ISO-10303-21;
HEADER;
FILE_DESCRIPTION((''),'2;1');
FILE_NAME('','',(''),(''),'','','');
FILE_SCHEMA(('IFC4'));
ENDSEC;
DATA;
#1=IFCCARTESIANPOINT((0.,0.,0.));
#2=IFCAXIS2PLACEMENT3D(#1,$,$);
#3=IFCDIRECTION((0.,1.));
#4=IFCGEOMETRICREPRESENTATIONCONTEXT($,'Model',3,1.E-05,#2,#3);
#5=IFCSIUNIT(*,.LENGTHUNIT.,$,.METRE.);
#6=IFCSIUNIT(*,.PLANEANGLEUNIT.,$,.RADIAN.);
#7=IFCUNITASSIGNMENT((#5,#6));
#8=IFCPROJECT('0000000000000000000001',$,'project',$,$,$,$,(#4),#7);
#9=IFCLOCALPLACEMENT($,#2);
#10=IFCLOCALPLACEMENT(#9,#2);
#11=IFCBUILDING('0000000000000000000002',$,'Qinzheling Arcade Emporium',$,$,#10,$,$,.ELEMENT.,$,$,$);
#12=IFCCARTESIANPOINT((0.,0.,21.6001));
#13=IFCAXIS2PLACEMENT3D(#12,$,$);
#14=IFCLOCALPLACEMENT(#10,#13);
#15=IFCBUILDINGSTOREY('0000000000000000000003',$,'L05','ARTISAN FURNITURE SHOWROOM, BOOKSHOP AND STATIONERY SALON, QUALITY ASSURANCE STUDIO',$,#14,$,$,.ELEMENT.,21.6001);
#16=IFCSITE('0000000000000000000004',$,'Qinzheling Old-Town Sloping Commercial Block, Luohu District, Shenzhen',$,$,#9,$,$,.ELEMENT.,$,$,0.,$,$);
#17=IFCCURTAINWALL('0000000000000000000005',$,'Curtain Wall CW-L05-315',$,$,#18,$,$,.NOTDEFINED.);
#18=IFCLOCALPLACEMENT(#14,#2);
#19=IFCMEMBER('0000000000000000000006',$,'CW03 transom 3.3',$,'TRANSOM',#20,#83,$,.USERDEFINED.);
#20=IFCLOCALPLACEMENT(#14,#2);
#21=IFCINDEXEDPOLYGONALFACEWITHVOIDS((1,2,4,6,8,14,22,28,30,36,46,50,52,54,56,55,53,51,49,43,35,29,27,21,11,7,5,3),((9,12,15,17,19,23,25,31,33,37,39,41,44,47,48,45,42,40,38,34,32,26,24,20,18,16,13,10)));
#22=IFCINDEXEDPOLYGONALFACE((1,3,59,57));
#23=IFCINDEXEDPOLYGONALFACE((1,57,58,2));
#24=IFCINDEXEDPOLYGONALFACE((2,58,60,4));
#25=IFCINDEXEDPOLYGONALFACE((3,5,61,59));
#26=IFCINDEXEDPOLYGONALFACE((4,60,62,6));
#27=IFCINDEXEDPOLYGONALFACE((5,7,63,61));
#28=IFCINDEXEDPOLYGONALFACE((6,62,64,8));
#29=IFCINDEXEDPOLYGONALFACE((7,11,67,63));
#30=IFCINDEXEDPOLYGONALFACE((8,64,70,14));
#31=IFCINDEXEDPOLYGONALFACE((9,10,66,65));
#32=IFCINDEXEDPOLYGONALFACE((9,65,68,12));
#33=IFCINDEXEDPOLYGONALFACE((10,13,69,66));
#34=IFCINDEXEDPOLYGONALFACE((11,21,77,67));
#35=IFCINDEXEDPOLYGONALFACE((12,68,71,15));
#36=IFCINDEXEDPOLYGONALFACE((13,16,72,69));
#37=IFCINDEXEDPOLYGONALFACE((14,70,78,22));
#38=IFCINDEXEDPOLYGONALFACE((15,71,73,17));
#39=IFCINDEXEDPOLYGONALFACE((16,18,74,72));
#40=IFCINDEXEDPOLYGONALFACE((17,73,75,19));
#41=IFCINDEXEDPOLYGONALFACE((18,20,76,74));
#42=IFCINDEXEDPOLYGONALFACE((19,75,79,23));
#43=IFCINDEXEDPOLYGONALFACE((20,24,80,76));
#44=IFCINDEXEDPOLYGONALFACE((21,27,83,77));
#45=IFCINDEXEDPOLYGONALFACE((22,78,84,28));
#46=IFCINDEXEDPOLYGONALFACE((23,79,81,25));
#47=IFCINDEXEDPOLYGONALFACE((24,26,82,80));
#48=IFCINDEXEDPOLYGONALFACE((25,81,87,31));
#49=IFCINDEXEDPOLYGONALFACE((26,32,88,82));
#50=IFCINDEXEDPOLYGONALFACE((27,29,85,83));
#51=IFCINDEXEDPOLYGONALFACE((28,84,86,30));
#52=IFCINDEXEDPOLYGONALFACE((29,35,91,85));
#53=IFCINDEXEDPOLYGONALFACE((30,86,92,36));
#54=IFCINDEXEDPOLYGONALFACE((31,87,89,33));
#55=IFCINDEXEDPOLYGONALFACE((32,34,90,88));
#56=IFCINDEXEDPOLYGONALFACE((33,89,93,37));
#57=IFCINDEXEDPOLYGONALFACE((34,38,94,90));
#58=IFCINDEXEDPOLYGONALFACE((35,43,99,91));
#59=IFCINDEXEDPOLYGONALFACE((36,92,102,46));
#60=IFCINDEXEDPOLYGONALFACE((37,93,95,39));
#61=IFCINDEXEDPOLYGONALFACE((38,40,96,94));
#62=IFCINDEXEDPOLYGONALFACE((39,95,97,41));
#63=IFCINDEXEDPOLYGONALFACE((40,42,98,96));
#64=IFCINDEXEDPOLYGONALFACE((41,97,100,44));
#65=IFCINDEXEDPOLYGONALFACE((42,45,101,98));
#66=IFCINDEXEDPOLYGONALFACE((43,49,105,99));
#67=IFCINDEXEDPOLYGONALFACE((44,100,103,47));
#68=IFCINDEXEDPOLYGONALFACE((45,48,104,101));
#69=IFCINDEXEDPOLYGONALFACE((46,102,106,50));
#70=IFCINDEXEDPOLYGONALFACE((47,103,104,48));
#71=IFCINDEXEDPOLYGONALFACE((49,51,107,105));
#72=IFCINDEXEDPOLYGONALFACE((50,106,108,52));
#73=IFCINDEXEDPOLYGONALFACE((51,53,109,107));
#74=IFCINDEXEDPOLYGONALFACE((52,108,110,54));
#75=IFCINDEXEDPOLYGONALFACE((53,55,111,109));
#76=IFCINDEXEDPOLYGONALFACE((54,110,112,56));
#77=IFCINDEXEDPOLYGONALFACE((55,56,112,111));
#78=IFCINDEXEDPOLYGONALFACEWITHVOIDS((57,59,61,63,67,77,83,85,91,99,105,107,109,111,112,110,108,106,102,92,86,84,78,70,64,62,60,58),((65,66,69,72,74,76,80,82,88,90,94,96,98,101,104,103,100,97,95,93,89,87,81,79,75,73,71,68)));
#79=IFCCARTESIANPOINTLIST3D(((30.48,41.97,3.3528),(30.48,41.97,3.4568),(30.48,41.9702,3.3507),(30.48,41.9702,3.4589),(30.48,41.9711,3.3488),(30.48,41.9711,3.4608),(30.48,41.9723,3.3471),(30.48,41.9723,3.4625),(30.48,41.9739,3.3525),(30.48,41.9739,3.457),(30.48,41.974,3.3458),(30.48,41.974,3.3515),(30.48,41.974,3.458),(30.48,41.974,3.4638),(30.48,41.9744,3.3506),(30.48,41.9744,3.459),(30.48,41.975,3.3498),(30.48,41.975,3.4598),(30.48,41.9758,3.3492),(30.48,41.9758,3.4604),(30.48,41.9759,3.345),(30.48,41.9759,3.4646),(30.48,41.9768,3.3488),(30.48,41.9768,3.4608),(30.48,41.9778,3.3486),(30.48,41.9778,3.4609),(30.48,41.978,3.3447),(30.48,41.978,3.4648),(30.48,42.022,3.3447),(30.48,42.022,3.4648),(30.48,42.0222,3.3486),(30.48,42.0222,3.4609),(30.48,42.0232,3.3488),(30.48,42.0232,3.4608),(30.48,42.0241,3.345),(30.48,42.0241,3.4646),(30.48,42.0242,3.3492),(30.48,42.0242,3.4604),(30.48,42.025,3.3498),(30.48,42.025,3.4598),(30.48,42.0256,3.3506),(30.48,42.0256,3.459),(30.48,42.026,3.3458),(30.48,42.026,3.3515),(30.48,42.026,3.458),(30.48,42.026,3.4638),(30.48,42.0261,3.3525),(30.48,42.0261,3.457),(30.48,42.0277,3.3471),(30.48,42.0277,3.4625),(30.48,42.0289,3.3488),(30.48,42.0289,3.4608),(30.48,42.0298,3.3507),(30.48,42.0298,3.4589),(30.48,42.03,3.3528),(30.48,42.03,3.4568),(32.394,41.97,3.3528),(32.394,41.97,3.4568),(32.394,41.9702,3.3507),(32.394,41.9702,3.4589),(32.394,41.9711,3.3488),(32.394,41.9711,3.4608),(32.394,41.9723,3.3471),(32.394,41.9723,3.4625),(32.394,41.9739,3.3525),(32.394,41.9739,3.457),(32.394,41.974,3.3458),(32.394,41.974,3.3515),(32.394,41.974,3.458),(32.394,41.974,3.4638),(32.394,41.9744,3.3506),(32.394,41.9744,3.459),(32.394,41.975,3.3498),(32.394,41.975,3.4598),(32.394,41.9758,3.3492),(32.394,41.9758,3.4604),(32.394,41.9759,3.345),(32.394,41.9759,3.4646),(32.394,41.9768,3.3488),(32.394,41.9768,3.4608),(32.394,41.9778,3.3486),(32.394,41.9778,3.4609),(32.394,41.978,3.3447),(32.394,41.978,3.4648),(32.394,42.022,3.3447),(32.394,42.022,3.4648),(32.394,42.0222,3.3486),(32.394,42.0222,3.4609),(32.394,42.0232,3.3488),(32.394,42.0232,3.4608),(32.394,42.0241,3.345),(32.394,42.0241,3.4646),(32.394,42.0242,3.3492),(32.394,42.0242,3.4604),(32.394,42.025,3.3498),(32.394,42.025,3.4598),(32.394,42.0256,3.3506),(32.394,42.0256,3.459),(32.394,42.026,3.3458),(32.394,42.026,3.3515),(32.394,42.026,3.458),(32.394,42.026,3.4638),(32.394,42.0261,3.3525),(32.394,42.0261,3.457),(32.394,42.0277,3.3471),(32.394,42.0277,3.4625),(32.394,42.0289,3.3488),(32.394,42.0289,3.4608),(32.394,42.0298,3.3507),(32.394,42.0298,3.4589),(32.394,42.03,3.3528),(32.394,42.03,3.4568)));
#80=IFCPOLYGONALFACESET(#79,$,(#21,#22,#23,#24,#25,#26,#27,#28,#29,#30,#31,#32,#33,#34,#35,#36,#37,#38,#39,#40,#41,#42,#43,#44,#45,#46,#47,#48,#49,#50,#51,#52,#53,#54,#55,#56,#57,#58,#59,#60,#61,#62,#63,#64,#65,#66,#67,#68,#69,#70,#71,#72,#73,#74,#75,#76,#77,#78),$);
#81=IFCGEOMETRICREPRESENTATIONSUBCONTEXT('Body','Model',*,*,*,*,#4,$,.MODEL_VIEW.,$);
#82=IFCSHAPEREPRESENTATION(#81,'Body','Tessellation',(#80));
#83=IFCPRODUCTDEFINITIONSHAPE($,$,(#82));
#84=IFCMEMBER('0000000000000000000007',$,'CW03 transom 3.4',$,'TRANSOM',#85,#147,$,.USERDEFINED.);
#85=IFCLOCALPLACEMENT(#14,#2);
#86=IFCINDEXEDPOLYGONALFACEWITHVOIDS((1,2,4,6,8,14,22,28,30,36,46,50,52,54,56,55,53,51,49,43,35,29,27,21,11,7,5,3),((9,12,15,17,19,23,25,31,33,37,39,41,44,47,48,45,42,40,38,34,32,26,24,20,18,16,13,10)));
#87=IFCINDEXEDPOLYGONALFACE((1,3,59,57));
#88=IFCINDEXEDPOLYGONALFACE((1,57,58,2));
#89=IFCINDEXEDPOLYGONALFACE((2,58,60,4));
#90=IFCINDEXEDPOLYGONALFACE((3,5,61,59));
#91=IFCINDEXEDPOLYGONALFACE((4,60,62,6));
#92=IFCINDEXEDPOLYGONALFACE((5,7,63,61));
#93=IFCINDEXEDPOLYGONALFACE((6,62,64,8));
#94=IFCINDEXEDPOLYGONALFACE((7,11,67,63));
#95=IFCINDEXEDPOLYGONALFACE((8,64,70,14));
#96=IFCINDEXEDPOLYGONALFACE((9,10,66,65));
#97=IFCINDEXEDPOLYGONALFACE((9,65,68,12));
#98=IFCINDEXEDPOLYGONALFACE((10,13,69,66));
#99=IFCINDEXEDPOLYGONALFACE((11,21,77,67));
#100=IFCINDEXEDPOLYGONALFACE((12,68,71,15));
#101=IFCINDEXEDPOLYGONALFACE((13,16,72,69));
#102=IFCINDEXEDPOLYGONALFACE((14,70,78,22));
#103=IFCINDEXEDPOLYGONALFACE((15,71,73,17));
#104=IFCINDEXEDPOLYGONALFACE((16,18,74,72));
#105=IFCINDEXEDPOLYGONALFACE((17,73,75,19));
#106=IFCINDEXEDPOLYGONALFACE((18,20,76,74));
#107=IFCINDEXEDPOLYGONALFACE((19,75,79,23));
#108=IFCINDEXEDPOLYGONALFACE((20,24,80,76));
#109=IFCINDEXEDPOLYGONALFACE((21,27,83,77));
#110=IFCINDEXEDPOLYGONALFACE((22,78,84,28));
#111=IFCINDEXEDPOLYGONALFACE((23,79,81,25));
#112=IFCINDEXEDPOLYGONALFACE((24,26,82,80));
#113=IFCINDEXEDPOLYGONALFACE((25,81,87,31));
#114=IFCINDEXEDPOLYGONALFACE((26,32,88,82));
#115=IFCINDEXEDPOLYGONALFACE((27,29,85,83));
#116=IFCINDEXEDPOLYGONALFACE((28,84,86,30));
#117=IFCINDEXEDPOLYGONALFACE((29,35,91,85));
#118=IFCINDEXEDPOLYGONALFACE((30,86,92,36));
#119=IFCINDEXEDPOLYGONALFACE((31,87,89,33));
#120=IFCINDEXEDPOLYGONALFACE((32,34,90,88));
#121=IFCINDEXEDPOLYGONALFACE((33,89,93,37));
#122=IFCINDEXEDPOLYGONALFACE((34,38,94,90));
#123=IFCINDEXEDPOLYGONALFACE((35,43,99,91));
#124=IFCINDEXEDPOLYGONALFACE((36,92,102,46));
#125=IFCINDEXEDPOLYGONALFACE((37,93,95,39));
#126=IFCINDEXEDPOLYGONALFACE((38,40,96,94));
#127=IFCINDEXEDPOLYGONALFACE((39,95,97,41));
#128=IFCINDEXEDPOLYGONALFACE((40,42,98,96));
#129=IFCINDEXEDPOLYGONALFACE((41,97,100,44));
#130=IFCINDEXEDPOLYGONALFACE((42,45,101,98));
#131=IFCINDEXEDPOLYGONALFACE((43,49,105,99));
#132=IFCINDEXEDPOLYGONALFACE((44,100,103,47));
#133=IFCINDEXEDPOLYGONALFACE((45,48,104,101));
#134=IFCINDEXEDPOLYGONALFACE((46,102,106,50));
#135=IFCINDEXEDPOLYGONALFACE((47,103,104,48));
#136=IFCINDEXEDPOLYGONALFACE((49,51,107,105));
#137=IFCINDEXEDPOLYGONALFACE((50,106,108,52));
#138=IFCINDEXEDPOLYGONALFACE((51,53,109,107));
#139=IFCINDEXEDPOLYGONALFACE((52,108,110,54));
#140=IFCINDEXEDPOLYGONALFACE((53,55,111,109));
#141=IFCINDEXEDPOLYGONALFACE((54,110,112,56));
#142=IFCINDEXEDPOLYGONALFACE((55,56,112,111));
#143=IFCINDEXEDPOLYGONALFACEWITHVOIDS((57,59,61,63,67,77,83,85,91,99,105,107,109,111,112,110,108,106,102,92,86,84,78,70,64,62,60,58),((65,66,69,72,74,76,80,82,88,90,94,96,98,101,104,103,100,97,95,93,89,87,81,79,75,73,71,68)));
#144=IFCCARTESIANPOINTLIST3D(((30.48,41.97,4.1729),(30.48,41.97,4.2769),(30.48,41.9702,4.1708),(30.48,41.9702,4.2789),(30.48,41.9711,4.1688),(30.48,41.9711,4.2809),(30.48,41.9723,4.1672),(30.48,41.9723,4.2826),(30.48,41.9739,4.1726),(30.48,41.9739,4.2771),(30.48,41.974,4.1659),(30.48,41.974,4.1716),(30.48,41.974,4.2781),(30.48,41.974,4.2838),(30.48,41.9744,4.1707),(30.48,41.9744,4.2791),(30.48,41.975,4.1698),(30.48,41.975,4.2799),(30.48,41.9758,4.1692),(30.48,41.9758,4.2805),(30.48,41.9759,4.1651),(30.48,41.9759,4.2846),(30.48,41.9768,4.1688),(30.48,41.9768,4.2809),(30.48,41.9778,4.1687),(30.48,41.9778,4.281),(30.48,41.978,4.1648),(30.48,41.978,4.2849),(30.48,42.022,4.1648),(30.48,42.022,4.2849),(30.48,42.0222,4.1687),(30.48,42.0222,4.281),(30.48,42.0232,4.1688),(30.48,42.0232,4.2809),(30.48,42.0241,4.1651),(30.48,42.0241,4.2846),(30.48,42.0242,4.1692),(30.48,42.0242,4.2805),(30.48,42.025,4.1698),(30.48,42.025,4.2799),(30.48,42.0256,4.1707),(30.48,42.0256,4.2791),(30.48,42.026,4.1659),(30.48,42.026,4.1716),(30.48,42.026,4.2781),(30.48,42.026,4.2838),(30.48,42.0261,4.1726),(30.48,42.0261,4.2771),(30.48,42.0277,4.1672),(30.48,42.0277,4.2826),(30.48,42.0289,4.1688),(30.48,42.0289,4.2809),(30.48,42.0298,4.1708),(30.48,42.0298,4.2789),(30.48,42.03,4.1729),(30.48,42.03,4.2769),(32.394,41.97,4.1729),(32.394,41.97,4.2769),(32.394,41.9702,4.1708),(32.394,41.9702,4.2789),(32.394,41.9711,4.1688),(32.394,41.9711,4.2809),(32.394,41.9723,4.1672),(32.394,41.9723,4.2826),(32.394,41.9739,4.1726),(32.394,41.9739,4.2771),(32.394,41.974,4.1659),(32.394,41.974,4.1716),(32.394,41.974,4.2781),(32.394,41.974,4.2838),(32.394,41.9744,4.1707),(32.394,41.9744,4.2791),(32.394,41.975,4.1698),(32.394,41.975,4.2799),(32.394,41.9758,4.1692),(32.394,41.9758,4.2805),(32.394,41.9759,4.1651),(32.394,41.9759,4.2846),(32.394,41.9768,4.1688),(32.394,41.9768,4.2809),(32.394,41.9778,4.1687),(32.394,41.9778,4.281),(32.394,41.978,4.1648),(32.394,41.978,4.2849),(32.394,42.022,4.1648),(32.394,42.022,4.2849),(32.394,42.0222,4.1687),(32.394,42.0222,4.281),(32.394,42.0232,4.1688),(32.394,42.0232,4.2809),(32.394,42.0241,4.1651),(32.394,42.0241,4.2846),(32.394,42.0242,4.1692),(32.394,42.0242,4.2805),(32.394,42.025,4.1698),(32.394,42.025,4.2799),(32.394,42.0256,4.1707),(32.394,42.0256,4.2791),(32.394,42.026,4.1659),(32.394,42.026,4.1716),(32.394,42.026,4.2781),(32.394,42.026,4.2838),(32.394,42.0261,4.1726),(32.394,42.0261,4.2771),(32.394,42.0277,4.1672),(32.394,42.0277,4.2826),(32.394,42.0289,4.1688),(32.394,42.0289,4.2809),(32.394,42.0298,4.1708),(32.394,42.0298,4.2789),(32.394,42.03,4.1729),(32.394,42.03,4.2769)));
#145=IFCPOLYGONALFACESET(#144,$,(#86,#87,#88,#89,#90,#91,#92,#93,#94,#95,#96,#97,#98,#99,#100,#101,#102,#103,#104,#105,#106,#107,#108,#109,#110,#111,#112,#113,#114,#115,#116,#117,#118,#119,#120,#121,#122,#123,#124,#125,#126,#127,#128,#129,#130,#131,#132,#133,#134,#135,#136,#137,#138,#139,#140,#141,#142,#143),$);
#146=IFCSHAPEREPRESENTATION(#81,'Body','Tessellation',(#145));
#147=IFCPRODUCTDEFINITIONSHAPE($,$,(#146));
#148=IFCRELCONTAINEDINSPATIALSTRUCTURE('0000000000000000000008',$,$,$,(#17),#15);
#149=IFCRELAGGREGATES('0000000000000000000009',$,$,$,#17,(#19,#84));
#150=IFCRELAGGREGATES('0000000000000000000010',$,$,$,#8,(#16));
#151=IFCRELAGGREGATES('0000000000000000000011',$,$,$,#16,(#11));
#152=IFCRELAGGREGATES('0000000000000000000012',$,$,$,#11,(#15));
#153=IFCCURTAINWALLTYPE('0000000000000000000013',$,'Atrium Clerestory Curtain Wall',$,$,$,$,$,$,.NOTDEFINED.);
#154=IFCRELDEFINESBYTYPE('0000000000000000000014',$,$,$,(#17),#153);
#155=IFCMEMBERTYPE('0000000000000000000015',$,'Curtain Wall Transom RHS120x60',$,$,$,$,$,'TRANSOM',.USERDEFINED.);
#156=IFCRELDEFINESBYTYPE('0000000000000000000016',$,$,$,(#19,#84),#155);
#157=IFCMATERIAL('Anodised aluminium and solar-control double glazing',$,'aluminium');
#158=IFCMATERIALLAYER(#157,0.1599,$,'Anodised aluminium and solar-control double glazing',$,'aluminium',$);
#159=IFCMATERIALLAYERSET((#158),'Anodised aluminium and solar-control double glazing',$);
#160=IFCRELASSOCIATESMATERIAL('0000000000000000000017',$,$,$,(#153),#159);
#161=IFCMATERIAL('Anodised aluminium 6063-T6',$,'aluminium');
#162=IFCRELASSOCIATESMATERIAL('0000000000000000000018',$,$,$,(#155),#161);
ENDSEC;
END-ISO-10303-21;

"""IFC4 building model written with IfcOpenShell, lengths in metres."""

from ifc_helpers import new_model, si_unit, direction, frame, origin, origin_2d, place, context, subcontext, project, spatial, hollow_rectangle, extrude, material, layer, layer_set, material_profile, profile_set, type_object, element, aggregate, save


model = new_model("IFC4")

# Units and contexts
model_context = context("Model", 3, precision=1e-05, world=origin(), true_north=direction((0.0, 1.0)))
body_context = subcontext(model_context, "Body", "Model", "MODEL_VIEW")
ifc_project = project(units=[si_unit("LENGTHUNIT", "METRE"), si_unit("PLANEANGLEUNIT", "RADIAN")], contexts=[model_context])

# Site, building, storey
site_placement = place(None, origin())
site = spatial("IfcSite", under=ifc_project, at=site_placement, Name="Qinzheling Old-Town Sloping Commercial Block, Luohu District, Shenzhen", CompositionType="ELEMENT", RefElevation=0.0)
building_placement = place(site_placement, origin())
building = spatial("IfcBuilding", under=site, at=building_placement, Name="Qinzheling Arcade Emporium", CompositionType="ELEMENT")
storey_placement = place(building_placement, frame((0.0, 0.0, 21.6001)))
storey = spatial("IfcBuildingStorey", under=building, at=storey_placement, Name="L05", Description="ARTISAN FURNITURE SHOWROOM, BOOKSHOP AND STATIONERY SALON, QUALITY ASSURANCE STUDIO", CompositionType="ELEMENT", Elevation=21.6001)

# Curtain wall
ifc_material_1 = material(Name="Anodised aluminium and solar-control double glazing", Category="aluminium")
ifc_layer_1 = layer(ifc_material_1, 0.1599, Name="Anodised aluminium and solar-control double glazing", Category="aluminium")
ifc_layer_set_1 = layer_set([ifc_layer_1], Name="Anodised aluminium and solar-control double glazing")
curtain_wall_type = type_object("IfcCurtainWallType", Name="Atrium Clerestory Curtain Wall", PredefinedType="NOTDEFINED", material=ifc_layer_set_1)
curtain_wall_1_placement = place(storey_placement, origin())
curtain_wall_1 = element("IfcCurtainWall", 1, at=curtain_wall_1_placement, inside=storey, type_object=curtain_wall_type, Name="Curtain Wall CW-L05-315", PredefinedType="NOTDEFINED")
ifc_material_2 = material(Name="Anodised aluminium 6063-T6", Category="aluminium")

# Members
ifc_material_profile_1 = material_profile(ifc_material_2, hollow_rectangle(XDim=0.0601, YDim=0.1201, WallThickness=0.0039, InnerFilletRadius=0.0039, OuterFilletRadius=0.0081, at=origin_2d()), Name="RHS 120x60x4", Category="aluminium")
ifc_profile_set_1 = profile_set([ifc_material_profile_1], Name="Anodised aluminium 6063-T6")
member_type_1 = type_object("IfcMemberType", Name="Curtain Wall Transom RHS120x60", ElementType="TRANSOM", PredefinedType="USERDEFINED", material=ifc_profile_set_1)
member_1_placement = place(storey_placement, frame((30.48, 42.0, 3.4048), z_axis=(1.0, 0.0, 0.0), x_axis=(0.0, 1.0, 0.0)))
member_1 = element("IfcMember", 2, at=member_1_placement, type_object=member_type_1, Name="CW03 transom 3.3", ObjectType="TRANSOM", PredefinedType="USERDEFINED", context=body_context, shape_type="SweptSolid", body=[
    extrude(hollow_rectangle(XDim=0.0601, YDim=0.1201, WallThickness=0.0039, InnerFilletRadius=0.0039, OuterFilletRadius=0.0081, at=origin_2d()), origin(), (0.0, 0.0, 1.0), 1.9141),
])
member_2_placement = place(storey_placement, frame((30.48, 42.0, 4.2249), z_axis=(1.0, 0.0, 0.0), x_axis=(0.0, 1.0, 0.0)))
member_2 = element("IfcMember", 3, at=member_2_placement, type_object=member_type_1, Name="CW03 transom 3.4", ObjectType="TRANSOM", PredefinedType="USERDEFINED", context=body_context, shape_type="SweptSolid", body=[
    extrude(hollow_rectangle(XDim=0.0601, YDim=0.1201, WallThickness=0.0039, InnerFilletRadius=0.0039, OuterFilletRadius=0.0081, at=origin_2d()), origin(), (0.0, 0.0, 1.0), 1.9141),
])

aggregate(curtain_wall_1, [member_1, member_2])

save(model, "model.ifc")
